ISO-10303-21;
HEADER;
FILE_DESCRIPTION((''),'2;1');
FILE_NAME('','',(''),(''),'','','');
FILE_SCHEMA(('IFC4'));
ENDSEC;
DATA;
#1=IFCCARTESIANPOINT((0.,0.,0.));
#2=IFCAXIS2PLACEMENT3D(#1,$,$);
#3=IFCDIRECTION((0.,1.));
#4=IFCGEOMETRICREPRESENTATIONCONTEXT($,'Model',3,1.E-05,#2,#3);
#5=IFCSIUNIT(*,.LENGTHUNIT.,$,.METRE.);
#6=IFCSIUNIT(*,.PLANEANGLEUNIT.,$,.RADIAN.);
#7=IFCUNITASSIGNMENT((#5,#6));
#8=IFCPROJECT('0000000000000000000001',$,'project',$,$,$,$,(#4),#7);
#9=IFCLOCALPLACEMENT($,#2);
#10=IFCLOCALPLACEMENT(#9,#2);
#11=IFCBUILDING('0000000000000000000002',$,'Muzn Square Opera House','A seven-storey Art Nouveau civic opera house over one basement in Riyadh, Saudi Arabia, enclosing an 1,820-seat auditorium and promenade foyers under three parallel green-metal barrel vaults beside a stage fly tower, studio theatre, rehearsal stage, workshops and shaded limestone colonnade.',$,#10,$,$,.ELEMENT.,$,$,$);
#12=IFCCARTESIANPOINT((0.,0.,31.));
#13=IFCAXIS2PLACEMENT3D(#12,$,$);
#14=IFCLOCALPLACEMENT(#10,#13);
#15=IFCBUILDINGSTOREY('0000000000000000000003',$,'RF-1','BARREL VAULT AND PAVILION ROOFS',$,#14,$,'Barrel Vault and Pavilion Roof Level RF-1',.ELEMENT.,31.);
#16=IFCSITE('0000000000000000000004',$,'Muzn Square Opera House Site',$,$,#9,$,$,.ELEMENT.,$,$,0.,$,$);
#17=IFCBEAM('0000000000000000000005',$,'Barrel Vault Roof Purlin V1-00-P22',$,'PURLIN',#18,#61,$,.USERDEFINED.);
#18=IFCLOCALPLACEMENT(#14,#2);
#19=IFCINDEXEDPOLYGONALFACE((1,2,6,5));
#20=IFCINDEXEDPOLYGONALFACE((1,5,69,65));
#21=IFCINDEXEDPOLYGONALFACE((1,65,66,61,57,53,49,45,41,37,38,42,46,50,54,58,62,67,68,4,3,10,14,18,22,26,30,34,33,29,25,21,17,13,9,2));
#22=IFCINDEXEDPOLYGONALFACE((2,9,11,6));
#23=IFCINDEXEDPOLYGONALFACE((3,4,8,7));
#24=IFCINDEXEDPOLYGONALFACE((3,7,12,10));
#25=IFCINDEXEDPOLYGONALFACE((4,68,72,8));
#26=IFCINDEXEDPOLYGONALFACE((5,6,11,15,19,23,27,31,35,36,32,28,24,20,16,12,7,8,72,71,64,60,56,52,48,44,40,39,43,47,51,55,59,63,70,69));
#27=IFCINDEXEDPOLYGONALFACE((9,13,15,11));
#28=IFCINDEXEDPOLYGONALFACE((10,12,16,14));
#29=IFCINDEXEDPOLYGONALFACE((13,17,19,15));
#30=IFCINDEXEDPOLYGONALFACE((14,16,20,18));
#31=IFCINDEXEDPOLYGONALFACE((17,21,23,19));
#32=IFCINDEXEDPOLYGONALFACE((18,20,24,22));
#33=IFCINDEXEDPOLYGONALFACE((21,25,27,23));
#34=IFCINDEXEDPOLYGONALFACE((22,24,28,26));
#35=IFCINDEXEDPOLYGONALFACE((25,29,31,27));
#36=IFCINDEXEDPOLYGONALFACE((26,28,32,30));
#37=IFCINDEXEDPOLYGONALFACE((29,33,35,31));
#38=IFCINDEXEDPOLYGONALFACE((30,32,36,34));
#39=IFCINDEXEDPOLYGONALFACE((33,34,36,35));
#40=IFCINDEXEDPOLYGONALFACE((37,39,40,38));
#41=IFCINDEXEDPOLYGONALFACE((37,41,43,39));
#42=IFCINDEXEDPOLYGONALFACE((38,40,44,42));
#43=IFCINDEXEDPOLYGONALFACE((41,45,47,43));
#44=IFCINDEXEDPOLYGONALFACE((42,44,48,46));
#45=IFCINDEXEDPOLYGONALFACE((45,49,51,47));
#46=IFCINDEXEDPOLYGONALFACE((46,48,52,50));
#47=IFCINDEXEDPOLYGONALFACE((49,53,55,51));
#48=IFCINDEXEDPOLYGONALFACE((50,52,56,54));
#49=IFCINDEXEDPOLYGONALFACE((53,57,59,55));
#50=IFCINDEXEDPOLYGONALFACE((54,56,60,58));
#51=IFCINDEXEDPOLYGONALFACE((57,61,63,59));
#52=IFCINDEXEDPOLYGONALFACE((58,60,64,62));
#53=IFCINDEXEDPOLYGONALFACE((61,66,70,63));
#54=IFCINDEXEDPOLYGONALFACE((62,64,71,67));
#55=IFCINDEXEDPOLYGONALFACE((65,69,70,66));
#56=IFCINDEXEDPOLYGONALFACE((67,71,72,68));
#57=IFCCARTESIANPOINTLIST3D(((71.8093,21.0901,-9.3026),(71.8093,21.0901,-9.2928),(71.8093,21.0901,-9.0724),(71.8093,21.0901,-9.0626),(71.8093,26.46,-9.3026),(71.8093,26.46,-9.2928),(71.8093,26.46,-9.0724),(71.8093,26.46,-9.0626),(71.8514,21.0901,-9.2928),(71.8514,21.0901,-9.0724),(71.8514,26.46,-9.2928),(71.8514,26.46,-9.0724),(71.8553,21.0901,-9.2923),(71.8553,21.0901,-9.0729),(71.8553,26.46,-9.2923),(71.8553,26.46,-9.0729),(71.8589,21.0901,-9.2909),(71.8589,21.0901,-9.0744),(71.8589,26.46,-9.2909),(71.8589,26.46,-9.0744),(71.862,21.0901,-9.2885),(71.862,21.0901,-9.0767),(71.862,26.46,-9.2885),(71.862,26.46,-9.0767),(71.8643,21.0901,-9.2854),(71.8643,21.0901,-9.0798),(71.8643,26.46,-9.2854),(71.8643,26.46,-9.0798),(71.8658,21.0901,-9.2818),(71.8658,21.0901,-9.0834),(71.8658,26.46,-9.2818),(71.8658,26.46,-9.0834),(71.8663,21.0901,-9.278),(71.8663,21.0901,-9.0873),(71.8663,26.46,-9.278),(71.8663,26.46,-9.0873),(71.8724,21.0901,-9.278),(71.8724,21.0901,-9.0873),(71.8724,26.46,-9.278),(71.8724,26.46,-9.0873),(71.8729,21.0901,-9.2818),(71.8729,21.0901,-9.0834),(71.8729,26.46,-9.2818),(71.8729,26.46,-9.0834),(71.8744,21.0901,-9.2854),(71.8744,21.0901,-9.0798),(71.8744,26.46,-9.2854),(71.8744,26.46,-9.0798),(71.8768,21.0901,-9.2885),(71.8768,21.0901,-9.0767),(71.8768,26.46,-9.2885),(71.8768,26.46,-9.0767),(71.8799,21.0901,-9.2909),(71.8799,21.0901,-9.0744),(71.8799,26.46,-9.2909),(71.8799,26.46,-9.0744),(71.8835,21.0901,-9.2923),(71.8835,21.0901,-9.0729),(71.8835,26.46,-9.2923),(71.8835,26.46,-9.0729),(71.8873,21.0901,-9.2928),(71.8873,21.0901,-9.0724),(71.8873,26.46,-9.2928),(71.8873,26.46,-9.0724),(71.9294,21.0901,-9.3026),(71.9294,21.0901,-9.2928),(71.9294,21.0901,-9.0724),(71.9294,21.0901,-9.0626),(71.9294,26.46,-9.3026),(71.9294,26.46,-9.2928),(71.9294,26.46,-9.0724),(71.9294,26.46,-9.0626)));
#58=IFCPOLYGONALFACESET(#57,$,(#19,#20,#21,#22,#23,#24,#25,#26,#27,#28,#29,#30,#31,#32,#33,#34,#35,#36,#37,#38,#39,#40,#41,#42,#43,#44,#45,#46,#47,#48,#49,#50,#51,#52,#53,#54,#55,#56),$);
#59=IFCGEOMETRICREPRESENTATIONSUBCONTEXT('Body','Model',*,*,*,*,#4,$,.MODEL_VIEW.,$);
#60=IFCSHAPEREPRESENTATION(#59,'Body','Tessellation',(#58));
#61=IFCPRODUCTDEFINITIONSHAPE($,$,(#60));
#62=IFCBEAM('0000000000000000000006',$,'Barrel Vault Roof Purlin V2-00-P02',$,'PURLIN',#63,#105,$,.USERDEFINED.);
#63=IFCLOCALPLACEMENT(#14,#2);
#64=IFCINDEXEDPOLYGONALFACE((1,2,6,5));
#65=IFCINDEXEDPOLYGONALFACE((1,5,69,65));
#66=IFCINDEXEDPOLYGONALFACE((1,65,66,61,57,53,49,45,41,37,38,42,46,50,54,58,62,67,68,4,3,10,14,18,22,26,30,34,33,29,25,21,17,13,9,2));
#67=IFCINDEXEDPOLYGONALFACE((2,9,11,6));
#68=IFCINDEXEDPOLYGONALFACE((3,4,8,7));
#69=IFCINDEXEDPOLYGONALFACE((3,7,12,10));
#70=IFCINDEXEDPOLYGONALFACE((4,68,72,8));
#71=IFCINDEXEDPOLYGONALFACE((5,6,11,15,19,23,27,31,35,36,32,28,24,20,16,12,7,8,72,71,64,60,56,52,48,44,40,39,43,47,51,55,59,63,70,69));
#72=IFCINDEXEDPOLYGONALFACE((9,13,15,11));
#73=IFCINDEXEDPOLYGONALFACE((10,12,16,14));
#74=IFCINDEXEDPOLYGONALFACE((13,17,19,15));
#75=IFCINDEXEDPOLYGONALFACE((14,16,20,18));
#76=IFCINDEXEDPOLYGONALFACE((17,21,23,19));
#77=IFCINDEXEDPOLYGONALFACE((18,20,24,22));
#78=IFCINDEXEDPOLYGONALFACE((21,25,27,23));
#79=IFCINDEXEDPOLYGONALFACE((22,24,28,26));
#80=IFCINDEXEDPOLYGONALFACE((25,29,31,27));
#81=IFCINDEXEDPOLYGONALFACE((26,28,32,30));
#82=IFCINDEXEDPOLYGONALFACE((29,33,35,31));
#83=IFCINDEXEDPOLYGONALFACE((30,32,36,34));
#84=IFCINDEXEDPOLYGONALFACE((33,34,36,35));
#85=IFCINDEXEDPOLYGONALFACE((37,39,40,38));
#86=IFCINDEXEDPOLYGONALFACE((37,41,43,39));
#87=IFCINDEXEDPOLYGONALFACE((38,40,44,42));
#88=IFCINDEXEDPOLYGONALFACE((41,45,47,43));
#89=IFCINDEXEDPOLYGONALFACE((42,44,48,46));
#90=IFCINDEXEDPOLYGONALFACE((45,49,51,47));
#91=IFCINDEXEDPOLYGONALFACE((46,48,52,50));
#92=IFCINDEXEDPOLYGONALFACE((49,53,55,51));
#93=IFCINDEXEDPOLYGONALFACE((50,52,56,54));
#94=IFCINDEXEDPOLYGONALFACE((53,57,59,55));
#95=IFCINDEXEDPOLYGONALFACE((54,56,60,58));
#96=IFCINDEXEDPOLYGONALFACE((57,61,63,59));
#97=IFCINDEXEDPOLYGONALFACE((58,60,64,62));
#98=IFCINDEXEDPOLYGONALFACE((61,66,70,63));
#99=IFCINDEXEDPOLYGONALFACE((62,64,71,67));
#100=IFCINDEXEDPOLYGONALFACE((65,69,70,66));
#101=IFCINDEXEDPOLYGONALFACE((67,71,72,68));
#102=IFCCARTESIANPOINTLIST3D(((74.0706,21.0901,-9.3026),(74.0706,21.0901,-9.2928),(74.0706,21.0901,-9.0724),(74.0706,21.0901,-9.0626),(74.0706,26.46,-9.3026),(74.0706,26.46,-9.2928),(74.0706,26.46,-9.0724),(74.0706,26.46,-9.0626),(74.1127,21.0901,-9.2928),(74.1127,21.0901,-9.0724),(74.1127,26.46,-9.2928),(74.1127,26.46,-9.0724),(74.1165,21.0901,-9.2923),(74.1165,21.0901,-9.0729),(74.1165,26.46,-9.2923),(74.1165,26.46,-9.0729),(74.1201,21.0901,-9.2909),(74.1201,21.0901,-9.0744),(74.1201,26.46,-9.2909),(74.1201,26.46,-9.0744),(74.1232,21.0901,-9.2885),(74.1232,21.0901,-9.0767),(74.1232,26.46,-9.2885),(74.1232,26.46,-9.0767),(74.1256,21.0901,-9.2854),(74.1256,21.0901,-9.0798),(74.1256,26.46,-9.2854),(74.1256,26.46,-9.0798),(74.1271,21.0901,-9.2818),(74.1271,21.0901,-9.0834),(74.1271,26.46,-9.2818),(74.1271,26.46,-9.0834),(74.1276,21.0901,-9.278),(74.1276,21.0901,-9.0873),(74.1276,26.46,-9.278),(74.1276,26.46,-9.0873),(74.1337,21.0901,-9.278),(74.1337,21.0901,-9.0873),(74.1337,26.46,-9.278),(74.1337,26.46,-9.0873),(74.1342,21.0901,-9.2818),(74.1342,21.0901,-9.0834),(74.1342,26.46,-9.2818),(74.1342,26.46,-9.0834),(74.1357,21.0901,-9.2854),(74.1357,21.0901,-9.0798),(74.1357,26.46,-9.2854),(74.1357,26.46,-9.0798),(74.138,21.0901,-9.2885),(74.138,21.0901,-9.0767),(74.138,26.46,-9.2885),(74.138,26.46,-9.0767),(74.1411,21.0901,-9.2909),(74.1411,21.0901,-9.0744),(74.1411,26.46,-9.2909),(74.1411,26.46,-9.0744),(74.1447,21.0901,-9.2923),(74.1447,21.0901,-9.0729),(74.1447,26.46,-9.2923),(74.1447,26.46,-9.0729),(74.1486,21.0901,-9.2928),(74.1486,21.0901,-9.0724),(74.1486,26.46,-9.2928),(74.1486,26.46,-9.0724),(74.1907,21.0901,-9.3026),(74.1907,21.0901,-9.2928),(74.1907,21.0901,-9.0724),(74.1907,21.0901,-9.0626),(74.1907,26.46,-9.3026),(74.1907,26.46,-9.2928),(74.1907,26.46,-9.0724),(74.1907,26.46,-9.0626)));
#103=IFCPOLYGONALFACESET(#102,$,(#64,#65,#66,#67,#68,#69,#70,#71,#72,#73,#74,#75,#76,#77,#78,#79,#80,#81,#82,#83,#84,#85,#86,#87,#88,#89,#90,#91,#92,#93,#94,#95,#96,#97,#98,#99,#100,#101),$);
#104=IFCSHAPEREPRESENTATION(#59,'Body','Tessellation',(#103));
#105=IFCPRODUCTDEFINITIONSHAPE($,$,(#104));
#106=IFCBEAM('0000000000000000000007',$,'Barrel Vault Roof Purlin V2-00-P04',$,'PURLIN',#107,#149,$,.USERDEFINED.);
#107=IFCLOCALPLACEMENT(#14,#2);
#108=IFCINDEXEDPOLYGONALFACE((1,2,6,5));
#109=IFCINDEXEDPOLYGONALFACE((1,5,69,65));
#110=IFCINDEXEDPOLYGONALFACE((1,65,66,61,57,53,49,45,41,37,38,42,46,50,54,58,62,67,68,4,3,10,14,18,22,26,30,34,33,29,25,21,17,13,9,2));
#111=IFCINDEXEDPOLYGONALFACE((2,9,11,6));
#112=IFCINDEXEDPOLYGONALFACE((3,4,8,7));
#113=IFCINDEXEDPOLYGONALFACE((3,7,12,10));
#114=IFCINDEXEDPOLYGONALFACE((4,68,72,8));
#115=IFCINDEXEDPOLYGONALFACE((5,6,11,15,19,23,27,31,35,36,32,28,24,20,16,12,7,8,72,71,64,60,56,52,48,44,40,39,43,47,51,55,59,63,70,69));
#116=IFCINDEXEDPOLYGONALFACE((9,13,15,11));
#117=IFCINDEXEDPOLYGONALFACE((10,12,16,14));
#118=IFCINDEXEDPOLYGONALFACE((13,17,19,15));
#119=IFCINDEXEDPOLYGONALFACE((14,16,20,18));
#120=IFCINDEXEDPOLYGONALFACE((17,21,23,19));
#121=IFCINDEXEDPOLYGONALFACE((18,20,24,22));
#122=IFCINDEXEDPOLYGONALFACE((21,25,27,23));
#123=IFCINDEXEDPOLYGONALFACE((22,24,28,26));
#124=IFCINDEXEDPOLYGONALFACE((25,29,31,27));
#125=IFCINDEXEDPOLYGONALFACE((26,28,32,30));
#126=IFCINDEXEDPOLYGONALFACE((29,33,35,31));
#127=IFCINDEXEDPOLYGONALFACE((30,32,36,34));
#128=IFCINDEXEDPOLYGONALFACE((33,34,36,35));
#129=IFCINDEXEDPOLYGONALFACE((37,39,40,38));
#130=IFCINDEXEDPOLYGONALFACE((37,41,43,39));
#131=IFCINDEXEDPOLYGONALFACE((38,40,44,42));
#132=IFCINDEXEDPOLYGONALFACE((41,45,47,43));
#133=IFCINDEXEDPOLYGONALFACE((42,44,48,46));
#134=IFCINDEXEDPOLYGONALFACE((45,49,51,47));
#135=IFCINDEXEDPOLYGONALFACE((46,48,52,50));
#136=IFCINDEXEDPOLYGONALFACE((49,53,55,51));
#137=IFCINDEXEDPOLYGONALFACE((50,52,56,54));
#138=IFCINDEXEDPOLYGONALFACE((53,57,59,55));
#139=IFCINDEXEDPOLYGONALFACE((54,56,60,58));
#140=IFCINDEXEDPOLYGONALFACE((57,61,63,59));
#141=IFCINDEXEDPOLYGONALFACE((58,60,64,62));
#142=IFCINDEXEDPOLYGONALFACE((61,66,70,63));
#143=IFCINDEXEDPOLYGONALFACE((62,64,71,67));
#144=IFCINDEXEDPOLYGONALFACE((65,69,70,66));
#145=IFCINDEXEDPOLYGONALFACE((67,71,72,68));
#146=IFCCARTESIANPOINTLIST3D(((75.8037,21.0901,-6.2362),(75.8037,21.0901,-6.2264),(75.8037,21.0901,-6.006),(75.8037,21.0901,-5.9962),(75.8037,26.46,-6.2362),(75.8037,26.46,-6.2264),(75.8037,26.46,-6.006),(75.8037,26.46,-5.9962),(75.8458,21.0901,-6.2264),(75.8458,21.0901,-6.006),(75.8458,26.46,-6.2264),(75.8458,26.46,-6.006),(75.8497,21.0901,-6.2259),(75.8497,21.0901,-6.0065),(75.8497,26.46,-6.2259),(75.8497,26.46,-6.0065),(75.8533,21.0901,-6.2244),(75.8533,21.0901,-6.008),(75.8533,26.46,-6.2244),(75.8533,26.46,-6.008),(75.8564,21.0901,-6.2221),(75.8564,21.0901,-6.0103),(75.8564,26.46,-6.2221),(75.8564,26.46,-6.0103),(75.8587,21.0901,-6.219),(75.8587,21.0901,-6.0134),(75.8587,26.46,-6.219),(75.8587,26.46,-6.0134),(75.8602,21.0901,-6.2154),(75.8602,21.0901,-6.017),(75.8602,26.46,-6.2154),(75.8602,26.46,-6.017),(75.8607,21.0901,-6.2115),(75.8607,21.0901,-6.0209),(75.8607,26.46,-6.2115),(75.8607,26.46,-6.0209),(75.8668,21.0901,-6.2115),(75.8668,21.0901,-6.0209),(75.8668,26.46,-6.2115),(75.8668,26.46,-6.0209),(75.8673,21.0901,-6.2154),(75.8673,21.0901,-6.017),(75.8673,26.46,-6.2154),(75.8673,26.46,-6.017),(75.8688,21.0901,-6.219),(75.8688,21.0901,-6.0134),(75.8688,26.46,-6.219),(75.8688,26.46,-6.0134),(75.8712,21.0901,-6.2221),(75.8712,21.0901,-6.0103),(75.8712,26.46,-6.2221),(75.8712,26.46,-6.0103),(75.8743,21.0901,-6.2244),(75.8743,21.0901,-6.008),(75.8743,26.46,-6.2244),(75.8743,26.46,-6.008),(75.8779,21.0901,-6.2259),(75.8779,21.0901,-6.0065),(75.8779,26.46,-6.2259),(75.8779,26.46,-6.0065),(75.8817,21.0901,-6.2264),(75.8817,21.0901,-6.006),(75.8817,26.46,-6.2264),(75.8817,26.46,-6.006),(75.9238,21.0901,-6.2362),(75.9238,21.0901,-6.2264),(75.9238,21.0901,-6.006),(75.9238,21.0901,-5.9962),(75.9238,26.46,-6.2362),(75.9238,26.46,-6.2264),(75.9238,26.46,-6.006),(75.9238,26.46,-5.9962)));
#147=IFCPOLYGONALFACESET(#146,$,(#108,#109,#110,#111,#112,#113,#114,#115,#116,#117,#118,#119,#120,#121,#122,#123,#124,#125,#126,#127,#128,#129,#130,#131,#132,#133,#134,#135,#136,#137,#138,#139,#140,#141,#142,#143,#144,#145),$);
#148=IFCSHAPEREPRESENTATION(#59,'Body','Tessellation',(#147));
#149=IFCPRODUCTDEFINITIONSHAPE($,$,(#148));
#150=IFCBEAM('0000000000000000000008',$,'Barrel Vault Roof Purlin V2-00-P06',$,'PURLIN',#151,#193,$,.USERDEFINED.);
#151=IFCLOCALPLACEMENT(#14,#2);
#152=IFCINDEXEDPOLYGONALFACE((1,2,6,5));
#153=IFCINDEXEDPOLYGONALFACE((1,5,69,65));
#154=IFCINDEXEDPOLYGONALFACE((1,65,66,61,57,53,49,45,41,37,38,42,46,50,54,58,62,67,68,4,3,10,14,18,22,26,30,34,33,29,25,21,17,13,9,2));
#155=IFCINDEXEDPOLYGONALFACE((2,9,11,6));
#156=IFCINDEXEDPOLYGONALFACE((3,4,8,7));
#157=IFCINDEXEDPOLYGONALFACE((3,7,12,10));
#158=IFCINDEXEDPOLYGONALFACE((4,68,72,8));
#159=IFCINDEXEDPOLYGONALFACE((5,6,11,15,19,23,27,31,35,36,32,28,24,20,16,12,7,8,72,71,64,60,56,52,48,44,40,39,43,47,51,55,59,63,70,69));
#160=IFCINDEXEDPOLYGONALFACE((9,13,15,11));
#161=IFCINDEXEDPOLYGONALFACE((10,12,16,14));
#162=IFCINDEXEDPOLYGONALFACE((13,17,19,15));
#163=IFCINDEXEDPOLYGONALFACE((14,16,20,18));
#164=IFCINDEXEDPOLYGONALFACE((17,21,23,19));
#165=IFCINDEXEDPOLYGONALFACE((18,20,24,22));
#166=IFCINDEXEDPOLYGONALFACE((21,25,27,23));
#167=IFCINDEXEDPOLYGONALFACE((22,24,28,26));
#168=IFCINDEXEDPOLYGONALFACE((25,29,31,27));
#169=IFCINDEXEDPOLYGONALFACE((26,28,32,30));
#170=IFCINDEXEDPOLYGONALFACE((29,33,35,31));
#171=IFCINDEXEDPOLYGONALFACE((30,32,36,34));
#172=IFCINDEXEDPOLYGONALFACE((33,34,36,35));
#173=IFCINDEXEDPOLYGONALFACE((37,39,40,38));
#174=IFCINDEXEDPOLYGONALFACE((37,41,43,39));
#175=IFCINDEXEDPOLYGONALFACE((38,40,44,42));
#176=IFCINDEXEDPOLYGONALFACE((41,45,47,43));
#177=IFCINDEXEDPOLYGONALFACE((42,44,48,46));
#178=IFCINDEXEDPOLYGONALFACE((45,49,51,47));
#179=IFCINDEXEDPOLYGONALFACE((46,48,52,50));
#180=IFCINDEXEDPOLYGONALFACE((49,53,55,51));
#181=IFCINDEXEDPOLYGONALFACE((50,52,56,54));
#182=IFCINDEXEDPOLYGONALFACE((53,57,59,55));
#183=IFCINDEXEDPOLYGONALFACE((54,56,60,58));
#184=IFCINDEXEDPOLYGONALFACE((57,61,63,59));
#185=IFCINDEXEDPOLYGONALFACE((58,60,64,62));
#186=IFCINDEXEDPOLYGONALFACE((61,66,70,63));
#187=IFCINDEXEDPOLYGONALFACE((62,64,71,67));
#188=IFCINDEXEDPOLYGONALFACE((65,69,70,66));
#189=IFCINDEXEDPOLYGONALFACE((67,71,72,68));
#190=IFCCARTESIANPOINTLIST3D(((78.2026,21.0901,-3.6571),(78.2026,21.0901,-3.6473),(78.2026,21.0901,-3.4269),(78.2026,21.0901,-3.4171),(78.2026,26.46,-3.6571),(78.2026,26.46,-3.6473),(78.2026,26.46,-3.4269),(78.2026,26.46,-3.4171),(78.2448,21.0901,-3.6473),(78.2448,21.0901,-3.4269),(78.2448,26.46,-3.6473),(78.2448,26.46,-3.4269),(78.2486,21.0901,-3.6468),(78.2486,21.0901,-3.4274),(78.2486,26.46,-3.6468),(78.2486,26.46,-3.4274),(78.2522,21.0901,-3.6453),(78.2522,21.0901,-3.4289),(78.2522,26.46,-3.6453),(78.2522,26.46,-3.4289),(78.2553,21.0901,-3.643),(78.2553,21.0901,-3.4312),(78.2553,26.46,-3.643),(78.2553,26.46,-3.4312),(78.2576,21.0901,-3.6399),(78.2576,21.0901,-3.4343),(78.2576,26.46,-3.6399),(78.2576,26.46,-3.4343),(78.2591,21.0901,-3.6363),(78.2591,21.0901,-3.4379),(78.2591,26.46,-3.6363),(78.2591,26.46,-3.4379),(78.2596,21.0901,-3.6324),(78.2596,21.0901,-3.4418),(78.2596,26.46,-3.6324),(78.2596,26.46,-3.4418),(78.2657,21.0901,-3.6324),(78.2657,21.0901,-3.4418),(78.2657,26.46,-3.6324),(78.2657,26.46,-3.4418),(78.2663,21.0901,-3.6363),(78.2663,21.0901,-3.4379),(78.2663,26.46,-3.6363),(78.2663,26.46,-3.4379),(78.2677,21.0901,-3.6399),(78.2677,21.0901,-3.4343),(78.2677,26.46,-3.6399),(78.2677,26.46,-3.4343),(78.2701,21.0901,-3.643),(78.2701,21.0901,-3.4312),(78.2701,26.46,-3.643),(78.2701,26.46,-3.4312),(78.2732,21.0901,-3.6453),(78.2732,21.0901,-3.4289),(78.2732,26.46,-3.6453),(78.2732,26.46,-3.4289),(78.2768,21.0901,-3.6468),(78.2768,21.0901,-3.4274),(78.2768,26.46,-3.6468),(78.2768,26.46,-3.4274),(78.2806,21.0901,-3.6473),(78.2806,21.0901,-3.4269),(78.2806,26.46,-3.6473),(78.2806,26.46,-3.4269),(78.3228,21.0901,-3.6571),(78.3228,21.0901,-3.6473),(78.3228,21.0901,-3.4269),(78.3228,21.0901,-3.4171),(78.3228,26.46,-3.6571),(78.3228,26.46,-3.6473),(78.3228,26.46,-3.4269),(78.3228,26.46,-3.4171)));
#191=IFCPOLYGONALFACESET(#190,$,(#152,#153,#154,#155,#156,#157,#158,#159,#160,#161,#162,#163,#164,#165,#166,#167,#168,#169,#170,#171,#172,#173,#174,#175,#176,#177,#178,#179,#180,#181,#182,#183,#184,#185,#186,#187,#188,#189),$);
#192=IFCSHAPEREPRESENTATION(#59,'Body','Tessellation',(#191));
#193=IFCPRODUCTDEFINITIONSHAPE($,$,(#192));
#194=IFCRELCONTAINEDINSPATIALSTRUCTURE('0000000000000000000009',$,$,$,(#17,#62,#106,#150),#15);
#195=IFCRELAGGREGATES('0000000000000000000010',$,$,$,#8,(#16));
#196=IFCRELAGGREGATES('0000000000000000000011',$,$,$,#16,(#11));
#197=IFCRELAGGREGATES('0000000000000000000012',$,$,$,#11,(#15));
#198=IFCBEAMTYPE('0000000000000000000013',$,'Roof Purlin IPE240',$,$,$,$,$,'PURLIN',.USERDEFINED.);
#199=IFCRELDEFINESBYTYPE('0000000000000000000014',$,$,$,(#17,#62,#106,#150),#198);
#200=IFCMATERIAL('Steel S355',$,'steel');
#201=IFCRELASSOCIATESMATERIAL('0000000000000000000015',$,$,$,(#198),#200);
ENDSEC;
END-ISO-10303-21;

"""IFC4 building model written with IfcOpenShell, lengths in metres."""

from ifc_helpers import new_model, si_unit, direction, frame, origin, origin_2d, place, context, subcontext, project, spatial, i_section, extrude, material, material_profile, profile_set, type_object, element, save


model = new_model("IFC4")

# Units and contexts
model_context = context("Model", 3, precision=1e-05, world=origin(), true_north=direction((0.0, 1.0)))
body_context = subcontext(model_context, "Body", "Model", "MODEL_VIEW")
ifc_project = project(units=[si_unit("LENGTHUNIT", "METRE"), si_unit("PLANEANGLEUNIT", "RADIAN")], contexts=[model_context])

# Site, building, storey
site_placement = place(None, origin())
site = spatial("IfcSite", under=ifc_project, at=site_placement, Name="Muzn Square Opera House Site", CompositionType="ELEMENT", RefElevation=0.0)
building_placement = place(site_placement, origin())
building = spatial("IfcBuilding", under=site, at=building_placement, Name="Muzn Square Opera House", Description="A seven-storey Art Nouveau civic opera house over one basement in Riyadh, Saudi Arabia, enclosing an 1,820-seat auditorium and promenade foyers under three parallel green-metal barrel vaults beside a stage fly tower, studio theatre, rehearsal stage, workshops and shaded limestone colonnade.", CompositionType="ELEMENT")
storey_placement = place(building_placement, frame((0.0, 0.0, 31.0)))
storey = spatial("IfcBuildingStorey", under=building, at=storey_placement, Name="RF-1", Description="BARREL VAULT AND PAVILION ROOFS", LongName="Barrel Vault and Pavilion Roof Level RF-1", CompositionType="ELEMENT", Elevation=31.0)

# Beams
ifc_material_1 = material(Name="Steel S355", Category="steel")
ifc_material_profile_1 = material_profile(ifc_material_1, i_section(OverallWidth=0.1201, OverallDepth=0.24, WebThickness=0.0061, FlangeThickness=0.0098, FilletRadius=0.0149, at=origin_2d()), Name="IPE 240", Category="steel")
ifc_profile_set_1 = profile_set([ifc_material_profile_1], Name="Steel S355")
beam_type_1 = type_object("IfcBeamType", Name="Roof Purlin IPE240", ElementType="PURLIN", PredefinedType="USERDEFINED", material=ifc_profile_set_1)
for number, where, z_axis, x_axis, name in (
    (1, (71.8694, 21.0901, -9.1826), (0.0, 1.0, 0.0), (-1.0, 0.0, 0.0), "Barrel Vault Roof Purlin V1-00-P22"),
    (2, (74.1306, 21.0901, -9.1826), (0.0, 1.0, 0.0), (-1.0, 0.0, 0.0), "Barrel Vault Roof Purlin V2-00-P02"),
    (3, (75.8638, 21.0901, -6.1162), (0.0, 1.0, 0.0), (-1.0, 0.0, 0.0), "Barrel Vault Roof Purlin V2-00-P04"),
    (4, (78.2627, 21.0901, -3.5371), (0.0, 1.0, 0.0), (-1.0, 0.0, 0.0), "Barrel Vault Roof Purlin V2-00-P06"),
):
    element("IfcBeam", number, at=place(storey_placement, frame(where, z_axis=z_axis, x_axis=x_axis)), inside=storey, type_object=beam_type_1, Name=name, ObjectType="PURLIN", PredefinedType="USERDEFINED", context=body_context, shape_type="SweptSolid", body=[
        extrude(i_section(OverallWidth=0.1201, OverallDepth=0.24, WebThickness=0.0061, FlangeThickness=0.0098, FilletRadius=0.0149, at=origin_2d()), origin(), (0.0, 0.0, 1.0), 5.3699),
    ])

save(model, "model.ifc")
